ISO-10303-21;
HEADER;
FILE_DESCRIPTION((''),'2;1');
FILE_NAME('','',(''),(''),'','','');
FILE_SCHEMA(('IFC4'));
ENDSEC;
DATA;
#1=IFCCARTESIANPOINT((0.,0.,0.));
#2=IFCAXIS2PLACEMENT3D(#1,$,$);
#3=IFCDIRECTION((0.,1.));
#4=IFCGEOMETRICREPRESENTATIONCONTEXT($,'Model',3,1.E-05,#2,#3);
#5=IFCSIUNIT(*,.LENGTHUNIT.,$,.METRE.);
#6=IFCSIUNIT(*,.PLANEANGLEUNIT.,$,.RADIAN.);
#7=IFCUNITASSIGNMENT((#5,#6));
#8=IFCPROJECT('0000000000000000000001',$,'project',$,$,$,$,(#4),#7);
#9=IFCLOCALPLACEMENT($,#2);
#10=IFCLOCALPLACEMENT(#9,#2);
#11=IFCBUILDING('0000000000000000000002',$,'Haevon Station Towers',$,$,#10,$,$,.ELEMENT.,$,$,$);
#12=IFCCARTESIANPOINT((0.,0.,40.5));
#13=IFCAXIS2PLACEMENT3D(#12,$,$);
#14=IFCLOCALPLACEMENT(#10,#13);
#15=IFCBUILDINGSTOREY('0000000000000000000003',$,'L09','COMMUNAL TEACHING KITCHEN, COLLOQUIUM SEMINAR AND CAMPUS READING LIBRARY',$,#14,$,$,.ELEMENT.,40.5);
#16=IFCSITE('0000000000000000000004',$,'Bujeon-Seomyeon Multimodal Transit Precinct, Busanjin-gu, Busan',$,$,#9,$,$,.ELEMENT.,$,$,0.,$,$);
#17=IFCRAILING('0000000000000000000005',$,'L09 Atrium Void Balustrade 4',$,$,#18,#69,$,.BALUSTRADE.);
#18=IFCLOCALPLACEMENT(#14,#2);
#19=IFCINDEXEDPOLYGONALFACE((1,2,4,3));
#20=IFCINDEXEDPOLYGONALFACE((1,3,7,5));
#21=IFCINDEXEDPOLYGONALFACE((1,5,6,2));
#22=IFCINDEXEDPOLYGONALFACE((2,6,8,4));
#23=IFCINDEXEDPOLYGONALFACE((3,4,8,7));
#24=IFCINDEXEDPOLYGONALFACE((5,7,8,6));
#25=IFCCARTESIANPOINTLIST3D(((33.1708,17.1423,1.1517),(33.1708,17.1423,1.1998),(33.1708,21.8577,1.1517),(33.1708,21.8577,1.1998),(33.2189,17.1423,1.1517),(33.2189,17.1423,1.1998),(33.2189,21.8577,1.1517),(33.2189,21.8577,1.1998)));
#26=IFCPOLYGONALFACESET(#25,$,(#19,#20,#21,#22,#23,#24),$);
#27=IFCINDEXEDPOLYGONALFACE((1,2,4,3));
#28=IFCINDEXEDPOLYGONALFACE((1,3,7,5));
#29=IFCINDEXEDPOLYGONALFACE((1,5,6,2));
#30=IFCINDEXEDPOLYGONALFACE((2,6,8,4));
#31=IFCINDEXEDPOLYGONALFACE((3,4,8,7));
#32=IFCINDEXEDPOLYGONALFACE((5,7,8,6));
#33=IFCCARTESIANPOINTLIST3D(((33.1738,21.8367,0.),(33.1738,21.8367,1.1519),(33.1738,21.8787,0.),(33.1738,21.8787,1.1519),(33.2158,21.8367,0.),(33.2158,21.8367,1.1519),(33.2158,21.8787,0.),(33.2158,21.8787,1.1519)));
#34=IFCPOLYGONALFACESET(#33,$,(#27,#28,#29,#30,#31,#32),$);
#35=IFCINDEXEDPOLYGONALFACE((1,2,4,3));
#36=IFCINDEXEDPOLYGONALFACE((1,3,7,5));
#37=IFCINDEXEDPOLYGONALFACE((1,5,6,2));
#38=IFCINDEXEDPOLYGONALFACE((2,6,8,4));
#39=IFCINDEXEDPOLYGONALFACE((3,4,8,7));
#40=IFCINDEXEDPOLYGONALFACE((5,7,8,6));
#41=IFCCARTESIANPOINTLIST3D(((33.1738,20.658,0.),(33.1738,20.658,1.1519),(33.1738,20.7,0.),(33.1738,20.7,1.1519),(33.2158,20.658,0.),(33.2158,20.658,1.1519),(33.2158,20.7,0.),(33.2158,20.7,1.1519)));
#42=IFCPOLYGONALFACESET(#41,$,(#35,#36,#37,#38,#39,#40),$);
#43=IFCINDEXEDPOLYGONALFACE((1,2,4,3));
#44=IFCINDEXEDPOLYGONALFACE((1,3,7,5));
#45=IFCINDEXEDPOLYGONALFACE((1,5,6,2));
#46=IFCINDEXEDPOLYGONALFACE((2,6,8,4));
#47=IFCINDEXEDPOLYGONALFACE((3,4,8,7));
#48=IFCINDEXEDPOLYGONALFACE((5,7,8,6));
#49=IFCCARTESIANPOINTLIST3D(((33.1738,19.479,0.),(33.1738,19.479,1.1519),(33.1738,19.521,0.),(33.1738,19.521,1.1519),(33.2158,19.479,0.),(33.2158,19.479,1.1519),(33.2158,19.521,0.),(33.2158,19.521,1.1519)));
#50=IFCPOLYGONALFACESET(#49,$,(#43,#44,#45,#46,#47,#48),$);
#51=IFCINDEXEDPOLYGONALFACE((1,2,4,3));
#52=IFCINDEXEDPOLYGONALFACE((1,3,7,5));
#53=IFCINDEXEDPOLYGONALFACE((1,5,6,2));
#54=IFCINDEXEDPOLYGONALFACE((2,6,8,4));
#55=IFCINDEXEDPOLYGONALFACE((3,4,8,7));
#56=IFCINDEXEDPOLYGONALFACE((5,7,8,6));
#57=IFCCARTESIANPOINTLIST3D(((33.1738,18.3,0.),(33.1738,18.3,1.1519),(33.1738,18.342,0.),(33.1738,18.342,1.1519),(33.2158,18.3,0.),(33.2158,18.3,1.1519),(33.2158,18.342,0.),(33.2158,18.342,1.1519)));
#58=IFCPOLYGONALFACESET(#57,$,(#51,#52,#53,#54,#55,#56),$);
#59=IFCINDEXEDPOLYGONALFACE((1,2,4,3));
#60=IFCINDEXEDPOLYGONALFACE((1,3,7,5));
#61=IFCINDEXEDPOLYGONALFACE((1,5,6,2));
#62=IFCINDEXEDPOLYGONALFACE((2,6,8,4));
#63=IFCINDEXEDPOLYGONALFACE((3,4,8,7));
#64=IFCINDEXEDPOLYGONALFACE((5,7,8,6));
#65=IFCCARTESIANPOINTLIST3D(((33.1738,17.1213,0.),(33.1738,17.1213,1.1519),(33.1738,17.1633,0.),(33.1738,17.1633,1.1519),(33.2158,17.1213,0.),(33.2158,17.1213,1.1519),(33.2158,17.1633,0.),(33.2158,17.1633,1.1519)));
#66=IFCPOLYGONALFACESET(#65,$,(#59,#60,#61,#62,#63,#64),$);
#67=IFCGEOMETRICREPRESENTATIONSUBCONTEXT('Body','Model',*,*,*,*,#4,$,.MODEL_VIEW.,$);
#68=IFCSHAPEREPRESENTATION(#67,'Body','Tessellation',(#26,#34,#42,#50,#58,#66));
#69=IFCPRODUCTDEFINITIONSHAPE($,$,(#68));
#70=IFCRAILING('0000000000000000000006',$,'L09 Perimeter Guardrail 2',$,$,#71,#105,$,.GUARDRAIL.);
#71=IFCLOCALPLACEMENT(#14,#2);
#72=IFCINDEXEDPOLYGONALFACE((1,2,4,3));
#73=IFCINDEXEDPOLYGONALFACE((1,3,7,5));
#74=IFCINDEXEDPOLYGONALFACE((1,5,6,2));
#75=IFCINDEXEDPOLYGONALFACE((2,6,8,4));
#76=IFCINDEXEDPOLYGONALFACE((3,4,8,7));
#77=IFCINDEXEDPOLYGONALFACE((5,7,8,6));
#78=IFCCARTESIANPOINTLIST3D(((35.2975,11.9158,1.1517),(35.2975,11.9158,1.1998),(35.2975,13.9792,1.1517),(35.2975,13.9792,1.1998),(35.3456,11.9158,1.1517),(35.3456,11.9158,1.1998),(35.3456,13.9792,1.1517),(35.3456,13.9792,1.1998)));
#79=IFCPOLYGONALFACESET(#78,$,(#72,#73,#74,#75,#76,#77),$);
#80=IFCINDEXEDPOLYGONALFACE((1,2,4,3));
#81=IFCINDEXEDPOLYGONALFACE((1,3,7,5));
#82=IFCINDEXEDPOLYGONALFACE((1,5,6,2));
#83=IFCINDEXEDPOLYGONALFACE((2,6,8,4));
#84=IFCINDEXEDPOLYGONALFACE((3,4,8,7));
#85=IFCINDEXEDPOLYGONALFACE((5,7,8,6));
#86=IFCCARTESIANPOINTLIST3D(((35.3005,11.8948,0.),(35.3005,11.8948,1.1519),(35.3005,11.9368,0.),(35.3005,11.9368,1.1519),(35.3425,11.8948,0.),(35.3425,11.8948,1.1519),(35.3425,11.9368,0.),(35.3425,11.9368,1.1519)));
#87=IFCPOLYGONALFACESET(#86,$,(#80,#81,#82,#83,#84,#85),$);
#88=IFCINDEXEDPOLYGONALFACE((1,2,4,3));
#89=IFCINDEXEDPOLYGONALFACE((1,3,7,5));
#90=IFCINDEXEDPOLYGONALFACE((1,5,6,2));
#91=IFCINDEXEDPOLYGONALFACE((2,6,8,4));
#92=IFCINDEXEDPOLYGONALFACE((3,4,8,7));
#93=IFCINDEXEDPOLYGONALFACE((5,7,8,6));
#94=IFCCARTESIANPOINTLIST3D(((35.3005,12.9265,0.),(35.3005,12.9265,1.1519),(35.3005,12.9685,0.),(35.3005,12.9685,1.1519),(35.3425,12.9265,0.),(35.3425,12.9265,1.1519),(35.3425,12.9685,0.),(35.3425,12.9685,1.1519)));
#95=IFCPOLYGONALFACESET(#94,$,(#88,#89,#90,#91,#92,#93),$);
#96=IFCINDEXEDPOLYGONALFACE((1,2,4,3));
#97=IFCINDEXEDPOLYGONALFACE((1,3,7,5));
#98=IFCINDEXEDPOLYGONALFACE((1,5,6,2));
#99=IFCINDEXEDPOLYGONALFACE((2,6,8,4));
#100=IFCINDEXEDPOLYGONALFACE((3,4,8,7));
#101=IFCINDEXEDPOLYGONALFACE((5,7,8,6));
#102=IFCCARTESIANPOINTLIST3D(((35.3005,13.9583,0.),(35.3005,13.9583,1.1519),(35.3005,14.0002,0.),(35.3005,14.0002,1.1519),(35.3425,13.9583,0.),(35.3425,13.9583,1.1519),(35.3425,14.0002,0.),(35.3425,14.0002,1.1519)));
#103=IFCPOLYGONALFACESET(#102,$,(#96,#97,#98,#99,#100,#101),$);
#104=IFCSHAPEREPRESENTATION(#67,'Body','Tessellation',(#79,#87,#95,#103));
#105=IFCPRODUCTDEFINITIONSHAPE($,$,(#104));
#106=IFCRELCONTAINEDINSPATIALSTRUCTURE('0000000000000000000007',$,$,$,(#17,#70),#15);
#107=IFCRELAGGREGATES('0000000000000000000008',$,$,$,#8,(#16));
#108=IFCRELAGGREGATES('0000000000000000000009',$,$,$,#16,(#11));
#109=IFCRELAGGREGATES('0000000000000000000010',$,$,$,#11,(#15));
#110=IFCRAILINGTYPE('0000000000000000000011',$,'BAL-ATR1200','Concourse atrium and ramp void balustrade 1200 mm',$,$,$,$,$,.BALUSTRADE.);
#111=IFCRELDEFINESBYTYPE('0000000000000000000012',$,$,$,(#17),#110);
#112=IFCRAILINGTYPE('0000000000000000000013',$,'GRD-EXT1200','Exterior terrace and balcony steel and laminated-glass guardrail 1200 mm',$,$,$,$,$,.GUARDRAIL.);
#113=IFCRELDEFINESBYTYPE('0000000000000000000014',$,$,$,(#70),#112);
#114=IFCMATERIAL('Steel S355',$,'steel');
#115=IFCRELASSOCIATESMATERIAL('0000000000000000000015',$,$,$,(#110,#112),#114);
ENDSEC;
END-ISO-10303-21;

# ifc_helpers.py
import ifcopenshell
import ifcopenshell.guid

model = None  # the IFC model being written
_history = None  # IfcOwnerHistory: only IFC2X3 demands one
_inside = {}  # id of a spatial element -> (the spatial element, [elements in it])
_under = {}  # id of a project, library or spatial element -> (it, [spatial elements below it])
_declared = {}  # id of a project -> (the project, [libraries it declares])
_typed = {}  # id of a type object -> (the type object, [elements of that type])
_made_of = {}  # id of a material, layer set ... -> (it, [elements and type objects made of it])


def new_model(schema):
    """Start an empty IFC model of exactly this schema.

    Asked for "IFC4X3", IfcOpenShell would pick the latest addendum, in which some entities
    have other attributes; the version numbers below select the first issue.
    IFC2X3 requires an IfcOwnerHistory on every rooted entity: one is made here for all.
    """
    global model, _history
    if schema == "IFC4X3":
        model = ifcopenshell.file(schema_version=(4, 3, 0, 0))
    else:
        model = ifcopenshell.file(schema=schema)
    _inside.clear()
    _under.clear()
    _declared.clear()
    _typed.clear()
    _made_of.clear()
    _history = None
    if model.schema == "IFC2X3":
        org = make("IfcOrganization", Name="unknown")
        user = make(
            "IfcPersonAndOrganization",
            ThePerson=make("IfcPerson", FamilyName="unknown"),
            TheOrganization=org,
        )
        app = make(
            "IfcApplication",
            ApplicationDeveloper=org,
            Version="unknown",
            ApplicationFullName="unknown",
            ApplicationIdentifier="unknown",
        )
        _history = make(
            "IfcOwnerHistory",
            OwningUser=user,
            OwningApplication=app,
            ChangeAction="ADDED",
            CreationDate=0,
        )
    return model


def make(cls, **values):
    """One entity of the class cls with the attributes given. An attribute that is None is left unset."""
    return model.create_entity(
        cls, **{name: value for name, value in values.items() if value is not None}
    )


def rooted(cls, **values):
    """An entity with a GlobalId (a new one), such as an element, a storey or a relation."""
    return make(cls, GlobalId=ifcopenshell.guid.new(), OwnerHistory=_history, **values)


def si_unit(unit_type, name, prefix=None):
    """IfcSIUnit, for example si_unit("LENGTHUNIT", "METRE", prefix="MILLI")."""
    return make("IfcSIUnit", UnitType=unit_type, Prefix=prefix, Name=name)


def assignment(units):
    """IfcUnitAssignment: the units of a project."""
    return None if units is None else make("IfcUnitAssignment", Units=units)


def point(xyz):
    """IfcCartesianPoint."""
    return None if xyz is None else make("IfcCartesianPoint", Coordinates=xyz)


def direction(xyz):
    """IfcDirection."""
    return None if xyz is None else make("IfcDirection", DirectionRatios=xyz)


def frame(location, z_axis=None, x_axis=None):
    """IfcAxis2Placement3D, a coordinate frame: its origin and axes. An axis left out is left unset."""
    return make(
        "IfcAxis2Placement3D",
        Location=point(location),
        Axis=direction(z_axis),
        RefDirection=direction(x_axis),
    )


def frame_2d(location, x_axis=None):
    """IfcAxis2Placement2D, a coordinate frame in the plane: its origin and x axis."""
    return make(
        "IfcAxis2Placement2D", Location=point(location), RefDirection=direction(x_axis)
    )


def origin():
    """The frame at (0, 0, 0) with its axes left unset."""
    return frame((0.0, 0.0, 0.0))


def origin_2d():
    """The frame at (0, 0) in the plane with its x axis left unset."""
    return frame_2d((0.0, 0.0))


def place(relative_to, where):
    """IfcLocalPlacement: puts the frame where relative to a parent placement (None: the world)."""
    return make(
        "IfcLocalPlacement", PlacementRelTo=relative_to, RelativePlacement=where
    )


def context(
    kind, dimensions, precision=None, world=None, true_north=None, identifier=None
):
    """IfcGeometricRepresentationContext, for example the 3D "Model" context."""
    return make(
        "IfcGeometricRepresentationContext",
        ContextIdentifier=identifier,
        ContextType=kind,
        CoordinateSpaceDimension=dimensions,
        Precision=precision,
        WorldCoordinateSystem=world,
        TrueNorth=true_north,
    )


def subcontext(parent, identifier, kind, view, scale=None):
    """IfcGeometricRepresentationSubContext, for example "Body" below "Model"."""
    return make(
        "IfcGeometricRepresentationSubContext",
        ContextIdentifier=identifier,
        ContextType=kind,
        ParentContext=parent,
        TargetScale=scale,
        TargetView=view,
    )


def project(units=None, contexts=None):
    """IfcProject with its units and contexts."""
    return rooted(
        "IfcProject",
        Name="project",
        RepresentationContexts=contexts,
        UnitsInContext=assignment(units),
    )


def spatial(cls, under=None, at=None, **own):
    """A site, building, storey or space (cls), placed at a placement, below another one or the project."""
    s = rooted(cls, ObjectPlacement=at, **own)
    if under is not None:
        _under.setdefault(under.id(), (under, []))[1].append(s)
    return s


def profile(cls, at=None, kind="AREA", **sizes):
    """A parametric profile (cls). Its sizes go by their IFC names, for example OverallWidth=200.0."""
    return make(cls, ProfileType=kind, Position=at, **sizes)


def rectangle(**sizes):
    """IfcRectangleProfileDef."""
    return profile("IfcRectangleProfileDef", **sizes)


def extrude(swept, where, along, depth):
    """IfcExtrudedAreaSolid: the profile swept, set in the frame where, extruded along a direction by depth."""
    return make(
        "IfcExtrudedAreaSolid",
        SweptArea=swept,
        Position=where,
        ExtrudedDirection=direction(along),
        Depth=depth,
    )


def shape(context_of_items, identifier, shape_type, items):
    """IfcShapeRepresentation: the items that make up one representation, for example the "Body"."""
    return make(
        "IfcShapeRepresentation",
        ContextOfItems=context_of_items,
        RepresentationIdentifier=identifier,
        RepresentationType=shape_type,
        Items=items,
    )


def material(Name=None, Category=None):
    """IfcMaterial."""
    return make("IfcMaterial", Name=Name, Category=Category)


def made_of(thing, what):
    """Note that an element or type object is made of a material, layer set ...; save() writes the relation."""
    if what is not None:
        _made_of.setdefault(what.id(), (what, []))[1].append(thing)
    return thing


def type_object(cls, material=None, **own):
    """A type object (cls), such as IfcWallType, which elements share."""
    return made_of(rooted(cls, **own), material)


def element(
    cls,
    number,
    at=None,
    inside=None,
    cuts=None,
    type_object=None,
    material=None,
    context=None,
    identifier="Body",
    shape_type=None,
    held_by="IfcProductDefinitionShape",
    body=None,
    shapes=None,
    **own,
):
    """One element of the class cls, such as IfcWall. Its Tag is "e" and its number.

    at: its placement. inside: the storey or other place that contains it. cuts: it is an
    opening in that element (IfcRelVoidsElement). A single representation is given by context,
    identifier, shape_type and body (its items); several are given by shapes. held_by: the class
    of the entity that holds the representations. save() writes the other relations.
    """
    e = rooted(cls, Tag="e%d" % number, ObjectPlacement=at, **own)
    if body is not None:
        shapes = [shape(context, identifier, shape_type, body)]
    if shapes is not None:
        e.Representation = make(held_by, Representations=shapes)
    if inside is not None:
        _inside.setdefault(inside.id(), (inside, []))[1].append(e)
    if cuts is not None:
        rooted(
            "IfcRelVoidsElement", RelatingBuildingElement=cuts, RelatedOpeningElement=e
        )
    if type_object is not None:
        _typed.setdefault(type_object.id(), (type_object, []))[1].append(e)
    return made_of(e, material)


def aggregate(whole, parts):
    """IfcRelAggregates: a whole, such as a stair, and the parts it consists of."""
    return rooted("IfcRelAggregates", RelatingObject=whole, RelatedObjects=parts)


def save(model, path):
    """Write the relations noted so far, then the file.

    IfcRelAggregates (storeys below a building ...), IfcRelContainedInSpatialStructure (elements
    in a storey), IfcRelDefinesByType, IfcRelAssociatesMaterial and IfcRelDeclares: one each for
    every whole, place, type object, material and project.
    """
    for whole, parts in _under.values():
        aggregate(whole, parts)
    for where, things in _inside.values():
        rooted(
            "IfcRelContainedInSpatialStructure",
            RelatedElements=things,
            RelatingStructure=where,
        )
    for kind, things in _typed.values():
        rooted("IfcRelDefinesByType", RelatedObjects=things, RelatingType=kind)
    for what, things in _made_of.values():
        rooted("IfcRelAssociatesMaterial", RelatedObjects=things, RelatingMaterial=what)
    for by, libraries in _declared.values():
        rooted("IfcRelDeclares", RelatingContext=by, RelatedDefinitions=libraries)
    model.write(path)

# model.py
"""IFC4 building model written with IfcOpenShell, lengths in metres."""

from ifc_helpers import new_model, si_unit, direction, frame, origin, origin_2d, place, context, subcontext, project, spatial, rectangle, extrude, material, type_object, element, save


model = new_model("IFC4")

# Units and contexts
model_context = context("Model", 3, precision=1e-05, world=origin(), true_north=direction((0.0, 1.0)))
body_context = subcontext(model_context, "Body", "Model", "MODEL_VIEW")
ifc_project = project(units=[si_unit("LENGTHUNIT", "METRE"), si_unit("PLANEANGLEUNIT", "RADIAN")], contexts=[model_context])

# Site, building, storey
site_placement = place(None, origin())
site = spatial("IfcSite", under=ifc_project, at=site_placement, Name="Bujeon-Seomyeon Multimodal Transit Precinct, Busanjin-gu, Busan", CompositionType="ELEMENT", RefElevation=0.0)
building_placement = place(site_placement, origin())
building = spatial("IfcBuilding", under=site, at=building_placement, Name="Haevon Station Towers", CompositionType="ELEMENT")
storey_placement = place(building_placement, frame((0.0, 0.0, 40.5)))
storey = spatial("IfcBuildingStorey", under=building, at=storey_placement, Name="L09", Description="COMMUNAL TEACHING KITCHEN, COLLOQUIUM SEMINAR AND CAMPUS READING LIBRARY", CompositionType="ELEMENT", Elevation=40.5)

# Shared definitions
ifc_material_1 = material(Name="Steel S355", Category="steel")

# Railings
railing_type_1 = type_object("IfcRailingType", Name="BAL-ATR1200", Description="Concourse atrium and ramp void balustrade 1200 mm", PredefinedType="BALUSTRADE", material=ifc_material_1)
railing_1_placement = place(storey_placement, frame((33.1948, 21.8577, 0.0)))
element("IfcRailing", 1, at=railing_1_placement, inside=storey, type_object=railing_type_1, Name="L09 Atrium Void Balustrade 4", PredefinedType="BALUSTRADE", context=body_context, shape_type="SweptSolid", body=[
    extrude(rectangle(XDim=0.0481, YDim=0.0481, at=origin_2d()), frame((0.0, 0.0, 1.1758), z_axis=(0.0, -1.0, 0.0), x_axis=(1.0, 0.0, 0.0)), (0.0, 0.0, 1.0), 4.7153),
    extrude(rectangle(XDim=0.042, YDim=0.042, at=origin_2d()), origin(), (0.0, 0.0, 1.0), 1.1519),
    extrude(rectangle(XDim=0.042, YDim=0.042, at=origin_2d()), frame((0.0, -1.1787, 0.0)), (0.0, 0.0, 1.0), 1.1519),
    extrude(rectangle(XDim=0.042, YDim=0.042, at=origin_2d()), frame((0.0, -2.3577, 0.0)), (0.0, 0.0, 1.0), 1.1519),
    extrude(rectangle(XDim=0.042, YDim=0.042, at=origin_2d()), frame((0.0, -3.5366, 0.0)), (0.0, 0.0, 1.0), 1.1519),
    extrude(rectangle(XDim=0.042, YDim=0.042, at=origin_2d()), frame((0.0, -4.7153, 0.0)), (0.0, 0.0, 1.0), 1.1519),
])
railing_type_2 = type_object("IfcRailingType", Name="GRD-EXT1200", Description="Exterior terrace and balcony steel and laminated-glass guardrail 1200 mm", PredefinedType="GUARDRAIL", material=ifc_material_1)
railing_2_placement = place(storey_placement, frame((35.3215, 11.9158, 0.0)))
element("IfcRailing", 2, at=railing_2_placement, inside=storey, type_object=railing_type_2, Name="L09 Perimeter Guardrail 2", PredefinedType="GUARDRAIL", context=body_context, shape_type="SweptSolid", body=[
    extrude(rectangle(XDim=0.0481, YDim=0.0481, at=origin_2d()), frame((0.0, 0.0, 1.1758), z_axis=(0.0, 1.0, 0.0), x_axis=(-1.0, 0.0, 0.0)), (0.0, 0.0, 1.0), 2.0635),
    extrude(rectangle(XDim=0.042, YDim=0.042, at=origin_2d()), origin(), (0.0, 0.0, 1.0), 1.1519),
    extrude(rectangle(XDim=0.042, YDim=0.042, at=origin_2d()), frame((0.0, 1.0317, 0.0)), (0.0, 0.0, 1.0), 1.1519),
    extrude(rectangle(XDim=0.042, YDim=0.042, at=origin_2d()), frame((0.0, 2.0635, 0.0)), (0.0, 0.0, 1.0), 1.1519),
])

save(model, "model.ifc")
